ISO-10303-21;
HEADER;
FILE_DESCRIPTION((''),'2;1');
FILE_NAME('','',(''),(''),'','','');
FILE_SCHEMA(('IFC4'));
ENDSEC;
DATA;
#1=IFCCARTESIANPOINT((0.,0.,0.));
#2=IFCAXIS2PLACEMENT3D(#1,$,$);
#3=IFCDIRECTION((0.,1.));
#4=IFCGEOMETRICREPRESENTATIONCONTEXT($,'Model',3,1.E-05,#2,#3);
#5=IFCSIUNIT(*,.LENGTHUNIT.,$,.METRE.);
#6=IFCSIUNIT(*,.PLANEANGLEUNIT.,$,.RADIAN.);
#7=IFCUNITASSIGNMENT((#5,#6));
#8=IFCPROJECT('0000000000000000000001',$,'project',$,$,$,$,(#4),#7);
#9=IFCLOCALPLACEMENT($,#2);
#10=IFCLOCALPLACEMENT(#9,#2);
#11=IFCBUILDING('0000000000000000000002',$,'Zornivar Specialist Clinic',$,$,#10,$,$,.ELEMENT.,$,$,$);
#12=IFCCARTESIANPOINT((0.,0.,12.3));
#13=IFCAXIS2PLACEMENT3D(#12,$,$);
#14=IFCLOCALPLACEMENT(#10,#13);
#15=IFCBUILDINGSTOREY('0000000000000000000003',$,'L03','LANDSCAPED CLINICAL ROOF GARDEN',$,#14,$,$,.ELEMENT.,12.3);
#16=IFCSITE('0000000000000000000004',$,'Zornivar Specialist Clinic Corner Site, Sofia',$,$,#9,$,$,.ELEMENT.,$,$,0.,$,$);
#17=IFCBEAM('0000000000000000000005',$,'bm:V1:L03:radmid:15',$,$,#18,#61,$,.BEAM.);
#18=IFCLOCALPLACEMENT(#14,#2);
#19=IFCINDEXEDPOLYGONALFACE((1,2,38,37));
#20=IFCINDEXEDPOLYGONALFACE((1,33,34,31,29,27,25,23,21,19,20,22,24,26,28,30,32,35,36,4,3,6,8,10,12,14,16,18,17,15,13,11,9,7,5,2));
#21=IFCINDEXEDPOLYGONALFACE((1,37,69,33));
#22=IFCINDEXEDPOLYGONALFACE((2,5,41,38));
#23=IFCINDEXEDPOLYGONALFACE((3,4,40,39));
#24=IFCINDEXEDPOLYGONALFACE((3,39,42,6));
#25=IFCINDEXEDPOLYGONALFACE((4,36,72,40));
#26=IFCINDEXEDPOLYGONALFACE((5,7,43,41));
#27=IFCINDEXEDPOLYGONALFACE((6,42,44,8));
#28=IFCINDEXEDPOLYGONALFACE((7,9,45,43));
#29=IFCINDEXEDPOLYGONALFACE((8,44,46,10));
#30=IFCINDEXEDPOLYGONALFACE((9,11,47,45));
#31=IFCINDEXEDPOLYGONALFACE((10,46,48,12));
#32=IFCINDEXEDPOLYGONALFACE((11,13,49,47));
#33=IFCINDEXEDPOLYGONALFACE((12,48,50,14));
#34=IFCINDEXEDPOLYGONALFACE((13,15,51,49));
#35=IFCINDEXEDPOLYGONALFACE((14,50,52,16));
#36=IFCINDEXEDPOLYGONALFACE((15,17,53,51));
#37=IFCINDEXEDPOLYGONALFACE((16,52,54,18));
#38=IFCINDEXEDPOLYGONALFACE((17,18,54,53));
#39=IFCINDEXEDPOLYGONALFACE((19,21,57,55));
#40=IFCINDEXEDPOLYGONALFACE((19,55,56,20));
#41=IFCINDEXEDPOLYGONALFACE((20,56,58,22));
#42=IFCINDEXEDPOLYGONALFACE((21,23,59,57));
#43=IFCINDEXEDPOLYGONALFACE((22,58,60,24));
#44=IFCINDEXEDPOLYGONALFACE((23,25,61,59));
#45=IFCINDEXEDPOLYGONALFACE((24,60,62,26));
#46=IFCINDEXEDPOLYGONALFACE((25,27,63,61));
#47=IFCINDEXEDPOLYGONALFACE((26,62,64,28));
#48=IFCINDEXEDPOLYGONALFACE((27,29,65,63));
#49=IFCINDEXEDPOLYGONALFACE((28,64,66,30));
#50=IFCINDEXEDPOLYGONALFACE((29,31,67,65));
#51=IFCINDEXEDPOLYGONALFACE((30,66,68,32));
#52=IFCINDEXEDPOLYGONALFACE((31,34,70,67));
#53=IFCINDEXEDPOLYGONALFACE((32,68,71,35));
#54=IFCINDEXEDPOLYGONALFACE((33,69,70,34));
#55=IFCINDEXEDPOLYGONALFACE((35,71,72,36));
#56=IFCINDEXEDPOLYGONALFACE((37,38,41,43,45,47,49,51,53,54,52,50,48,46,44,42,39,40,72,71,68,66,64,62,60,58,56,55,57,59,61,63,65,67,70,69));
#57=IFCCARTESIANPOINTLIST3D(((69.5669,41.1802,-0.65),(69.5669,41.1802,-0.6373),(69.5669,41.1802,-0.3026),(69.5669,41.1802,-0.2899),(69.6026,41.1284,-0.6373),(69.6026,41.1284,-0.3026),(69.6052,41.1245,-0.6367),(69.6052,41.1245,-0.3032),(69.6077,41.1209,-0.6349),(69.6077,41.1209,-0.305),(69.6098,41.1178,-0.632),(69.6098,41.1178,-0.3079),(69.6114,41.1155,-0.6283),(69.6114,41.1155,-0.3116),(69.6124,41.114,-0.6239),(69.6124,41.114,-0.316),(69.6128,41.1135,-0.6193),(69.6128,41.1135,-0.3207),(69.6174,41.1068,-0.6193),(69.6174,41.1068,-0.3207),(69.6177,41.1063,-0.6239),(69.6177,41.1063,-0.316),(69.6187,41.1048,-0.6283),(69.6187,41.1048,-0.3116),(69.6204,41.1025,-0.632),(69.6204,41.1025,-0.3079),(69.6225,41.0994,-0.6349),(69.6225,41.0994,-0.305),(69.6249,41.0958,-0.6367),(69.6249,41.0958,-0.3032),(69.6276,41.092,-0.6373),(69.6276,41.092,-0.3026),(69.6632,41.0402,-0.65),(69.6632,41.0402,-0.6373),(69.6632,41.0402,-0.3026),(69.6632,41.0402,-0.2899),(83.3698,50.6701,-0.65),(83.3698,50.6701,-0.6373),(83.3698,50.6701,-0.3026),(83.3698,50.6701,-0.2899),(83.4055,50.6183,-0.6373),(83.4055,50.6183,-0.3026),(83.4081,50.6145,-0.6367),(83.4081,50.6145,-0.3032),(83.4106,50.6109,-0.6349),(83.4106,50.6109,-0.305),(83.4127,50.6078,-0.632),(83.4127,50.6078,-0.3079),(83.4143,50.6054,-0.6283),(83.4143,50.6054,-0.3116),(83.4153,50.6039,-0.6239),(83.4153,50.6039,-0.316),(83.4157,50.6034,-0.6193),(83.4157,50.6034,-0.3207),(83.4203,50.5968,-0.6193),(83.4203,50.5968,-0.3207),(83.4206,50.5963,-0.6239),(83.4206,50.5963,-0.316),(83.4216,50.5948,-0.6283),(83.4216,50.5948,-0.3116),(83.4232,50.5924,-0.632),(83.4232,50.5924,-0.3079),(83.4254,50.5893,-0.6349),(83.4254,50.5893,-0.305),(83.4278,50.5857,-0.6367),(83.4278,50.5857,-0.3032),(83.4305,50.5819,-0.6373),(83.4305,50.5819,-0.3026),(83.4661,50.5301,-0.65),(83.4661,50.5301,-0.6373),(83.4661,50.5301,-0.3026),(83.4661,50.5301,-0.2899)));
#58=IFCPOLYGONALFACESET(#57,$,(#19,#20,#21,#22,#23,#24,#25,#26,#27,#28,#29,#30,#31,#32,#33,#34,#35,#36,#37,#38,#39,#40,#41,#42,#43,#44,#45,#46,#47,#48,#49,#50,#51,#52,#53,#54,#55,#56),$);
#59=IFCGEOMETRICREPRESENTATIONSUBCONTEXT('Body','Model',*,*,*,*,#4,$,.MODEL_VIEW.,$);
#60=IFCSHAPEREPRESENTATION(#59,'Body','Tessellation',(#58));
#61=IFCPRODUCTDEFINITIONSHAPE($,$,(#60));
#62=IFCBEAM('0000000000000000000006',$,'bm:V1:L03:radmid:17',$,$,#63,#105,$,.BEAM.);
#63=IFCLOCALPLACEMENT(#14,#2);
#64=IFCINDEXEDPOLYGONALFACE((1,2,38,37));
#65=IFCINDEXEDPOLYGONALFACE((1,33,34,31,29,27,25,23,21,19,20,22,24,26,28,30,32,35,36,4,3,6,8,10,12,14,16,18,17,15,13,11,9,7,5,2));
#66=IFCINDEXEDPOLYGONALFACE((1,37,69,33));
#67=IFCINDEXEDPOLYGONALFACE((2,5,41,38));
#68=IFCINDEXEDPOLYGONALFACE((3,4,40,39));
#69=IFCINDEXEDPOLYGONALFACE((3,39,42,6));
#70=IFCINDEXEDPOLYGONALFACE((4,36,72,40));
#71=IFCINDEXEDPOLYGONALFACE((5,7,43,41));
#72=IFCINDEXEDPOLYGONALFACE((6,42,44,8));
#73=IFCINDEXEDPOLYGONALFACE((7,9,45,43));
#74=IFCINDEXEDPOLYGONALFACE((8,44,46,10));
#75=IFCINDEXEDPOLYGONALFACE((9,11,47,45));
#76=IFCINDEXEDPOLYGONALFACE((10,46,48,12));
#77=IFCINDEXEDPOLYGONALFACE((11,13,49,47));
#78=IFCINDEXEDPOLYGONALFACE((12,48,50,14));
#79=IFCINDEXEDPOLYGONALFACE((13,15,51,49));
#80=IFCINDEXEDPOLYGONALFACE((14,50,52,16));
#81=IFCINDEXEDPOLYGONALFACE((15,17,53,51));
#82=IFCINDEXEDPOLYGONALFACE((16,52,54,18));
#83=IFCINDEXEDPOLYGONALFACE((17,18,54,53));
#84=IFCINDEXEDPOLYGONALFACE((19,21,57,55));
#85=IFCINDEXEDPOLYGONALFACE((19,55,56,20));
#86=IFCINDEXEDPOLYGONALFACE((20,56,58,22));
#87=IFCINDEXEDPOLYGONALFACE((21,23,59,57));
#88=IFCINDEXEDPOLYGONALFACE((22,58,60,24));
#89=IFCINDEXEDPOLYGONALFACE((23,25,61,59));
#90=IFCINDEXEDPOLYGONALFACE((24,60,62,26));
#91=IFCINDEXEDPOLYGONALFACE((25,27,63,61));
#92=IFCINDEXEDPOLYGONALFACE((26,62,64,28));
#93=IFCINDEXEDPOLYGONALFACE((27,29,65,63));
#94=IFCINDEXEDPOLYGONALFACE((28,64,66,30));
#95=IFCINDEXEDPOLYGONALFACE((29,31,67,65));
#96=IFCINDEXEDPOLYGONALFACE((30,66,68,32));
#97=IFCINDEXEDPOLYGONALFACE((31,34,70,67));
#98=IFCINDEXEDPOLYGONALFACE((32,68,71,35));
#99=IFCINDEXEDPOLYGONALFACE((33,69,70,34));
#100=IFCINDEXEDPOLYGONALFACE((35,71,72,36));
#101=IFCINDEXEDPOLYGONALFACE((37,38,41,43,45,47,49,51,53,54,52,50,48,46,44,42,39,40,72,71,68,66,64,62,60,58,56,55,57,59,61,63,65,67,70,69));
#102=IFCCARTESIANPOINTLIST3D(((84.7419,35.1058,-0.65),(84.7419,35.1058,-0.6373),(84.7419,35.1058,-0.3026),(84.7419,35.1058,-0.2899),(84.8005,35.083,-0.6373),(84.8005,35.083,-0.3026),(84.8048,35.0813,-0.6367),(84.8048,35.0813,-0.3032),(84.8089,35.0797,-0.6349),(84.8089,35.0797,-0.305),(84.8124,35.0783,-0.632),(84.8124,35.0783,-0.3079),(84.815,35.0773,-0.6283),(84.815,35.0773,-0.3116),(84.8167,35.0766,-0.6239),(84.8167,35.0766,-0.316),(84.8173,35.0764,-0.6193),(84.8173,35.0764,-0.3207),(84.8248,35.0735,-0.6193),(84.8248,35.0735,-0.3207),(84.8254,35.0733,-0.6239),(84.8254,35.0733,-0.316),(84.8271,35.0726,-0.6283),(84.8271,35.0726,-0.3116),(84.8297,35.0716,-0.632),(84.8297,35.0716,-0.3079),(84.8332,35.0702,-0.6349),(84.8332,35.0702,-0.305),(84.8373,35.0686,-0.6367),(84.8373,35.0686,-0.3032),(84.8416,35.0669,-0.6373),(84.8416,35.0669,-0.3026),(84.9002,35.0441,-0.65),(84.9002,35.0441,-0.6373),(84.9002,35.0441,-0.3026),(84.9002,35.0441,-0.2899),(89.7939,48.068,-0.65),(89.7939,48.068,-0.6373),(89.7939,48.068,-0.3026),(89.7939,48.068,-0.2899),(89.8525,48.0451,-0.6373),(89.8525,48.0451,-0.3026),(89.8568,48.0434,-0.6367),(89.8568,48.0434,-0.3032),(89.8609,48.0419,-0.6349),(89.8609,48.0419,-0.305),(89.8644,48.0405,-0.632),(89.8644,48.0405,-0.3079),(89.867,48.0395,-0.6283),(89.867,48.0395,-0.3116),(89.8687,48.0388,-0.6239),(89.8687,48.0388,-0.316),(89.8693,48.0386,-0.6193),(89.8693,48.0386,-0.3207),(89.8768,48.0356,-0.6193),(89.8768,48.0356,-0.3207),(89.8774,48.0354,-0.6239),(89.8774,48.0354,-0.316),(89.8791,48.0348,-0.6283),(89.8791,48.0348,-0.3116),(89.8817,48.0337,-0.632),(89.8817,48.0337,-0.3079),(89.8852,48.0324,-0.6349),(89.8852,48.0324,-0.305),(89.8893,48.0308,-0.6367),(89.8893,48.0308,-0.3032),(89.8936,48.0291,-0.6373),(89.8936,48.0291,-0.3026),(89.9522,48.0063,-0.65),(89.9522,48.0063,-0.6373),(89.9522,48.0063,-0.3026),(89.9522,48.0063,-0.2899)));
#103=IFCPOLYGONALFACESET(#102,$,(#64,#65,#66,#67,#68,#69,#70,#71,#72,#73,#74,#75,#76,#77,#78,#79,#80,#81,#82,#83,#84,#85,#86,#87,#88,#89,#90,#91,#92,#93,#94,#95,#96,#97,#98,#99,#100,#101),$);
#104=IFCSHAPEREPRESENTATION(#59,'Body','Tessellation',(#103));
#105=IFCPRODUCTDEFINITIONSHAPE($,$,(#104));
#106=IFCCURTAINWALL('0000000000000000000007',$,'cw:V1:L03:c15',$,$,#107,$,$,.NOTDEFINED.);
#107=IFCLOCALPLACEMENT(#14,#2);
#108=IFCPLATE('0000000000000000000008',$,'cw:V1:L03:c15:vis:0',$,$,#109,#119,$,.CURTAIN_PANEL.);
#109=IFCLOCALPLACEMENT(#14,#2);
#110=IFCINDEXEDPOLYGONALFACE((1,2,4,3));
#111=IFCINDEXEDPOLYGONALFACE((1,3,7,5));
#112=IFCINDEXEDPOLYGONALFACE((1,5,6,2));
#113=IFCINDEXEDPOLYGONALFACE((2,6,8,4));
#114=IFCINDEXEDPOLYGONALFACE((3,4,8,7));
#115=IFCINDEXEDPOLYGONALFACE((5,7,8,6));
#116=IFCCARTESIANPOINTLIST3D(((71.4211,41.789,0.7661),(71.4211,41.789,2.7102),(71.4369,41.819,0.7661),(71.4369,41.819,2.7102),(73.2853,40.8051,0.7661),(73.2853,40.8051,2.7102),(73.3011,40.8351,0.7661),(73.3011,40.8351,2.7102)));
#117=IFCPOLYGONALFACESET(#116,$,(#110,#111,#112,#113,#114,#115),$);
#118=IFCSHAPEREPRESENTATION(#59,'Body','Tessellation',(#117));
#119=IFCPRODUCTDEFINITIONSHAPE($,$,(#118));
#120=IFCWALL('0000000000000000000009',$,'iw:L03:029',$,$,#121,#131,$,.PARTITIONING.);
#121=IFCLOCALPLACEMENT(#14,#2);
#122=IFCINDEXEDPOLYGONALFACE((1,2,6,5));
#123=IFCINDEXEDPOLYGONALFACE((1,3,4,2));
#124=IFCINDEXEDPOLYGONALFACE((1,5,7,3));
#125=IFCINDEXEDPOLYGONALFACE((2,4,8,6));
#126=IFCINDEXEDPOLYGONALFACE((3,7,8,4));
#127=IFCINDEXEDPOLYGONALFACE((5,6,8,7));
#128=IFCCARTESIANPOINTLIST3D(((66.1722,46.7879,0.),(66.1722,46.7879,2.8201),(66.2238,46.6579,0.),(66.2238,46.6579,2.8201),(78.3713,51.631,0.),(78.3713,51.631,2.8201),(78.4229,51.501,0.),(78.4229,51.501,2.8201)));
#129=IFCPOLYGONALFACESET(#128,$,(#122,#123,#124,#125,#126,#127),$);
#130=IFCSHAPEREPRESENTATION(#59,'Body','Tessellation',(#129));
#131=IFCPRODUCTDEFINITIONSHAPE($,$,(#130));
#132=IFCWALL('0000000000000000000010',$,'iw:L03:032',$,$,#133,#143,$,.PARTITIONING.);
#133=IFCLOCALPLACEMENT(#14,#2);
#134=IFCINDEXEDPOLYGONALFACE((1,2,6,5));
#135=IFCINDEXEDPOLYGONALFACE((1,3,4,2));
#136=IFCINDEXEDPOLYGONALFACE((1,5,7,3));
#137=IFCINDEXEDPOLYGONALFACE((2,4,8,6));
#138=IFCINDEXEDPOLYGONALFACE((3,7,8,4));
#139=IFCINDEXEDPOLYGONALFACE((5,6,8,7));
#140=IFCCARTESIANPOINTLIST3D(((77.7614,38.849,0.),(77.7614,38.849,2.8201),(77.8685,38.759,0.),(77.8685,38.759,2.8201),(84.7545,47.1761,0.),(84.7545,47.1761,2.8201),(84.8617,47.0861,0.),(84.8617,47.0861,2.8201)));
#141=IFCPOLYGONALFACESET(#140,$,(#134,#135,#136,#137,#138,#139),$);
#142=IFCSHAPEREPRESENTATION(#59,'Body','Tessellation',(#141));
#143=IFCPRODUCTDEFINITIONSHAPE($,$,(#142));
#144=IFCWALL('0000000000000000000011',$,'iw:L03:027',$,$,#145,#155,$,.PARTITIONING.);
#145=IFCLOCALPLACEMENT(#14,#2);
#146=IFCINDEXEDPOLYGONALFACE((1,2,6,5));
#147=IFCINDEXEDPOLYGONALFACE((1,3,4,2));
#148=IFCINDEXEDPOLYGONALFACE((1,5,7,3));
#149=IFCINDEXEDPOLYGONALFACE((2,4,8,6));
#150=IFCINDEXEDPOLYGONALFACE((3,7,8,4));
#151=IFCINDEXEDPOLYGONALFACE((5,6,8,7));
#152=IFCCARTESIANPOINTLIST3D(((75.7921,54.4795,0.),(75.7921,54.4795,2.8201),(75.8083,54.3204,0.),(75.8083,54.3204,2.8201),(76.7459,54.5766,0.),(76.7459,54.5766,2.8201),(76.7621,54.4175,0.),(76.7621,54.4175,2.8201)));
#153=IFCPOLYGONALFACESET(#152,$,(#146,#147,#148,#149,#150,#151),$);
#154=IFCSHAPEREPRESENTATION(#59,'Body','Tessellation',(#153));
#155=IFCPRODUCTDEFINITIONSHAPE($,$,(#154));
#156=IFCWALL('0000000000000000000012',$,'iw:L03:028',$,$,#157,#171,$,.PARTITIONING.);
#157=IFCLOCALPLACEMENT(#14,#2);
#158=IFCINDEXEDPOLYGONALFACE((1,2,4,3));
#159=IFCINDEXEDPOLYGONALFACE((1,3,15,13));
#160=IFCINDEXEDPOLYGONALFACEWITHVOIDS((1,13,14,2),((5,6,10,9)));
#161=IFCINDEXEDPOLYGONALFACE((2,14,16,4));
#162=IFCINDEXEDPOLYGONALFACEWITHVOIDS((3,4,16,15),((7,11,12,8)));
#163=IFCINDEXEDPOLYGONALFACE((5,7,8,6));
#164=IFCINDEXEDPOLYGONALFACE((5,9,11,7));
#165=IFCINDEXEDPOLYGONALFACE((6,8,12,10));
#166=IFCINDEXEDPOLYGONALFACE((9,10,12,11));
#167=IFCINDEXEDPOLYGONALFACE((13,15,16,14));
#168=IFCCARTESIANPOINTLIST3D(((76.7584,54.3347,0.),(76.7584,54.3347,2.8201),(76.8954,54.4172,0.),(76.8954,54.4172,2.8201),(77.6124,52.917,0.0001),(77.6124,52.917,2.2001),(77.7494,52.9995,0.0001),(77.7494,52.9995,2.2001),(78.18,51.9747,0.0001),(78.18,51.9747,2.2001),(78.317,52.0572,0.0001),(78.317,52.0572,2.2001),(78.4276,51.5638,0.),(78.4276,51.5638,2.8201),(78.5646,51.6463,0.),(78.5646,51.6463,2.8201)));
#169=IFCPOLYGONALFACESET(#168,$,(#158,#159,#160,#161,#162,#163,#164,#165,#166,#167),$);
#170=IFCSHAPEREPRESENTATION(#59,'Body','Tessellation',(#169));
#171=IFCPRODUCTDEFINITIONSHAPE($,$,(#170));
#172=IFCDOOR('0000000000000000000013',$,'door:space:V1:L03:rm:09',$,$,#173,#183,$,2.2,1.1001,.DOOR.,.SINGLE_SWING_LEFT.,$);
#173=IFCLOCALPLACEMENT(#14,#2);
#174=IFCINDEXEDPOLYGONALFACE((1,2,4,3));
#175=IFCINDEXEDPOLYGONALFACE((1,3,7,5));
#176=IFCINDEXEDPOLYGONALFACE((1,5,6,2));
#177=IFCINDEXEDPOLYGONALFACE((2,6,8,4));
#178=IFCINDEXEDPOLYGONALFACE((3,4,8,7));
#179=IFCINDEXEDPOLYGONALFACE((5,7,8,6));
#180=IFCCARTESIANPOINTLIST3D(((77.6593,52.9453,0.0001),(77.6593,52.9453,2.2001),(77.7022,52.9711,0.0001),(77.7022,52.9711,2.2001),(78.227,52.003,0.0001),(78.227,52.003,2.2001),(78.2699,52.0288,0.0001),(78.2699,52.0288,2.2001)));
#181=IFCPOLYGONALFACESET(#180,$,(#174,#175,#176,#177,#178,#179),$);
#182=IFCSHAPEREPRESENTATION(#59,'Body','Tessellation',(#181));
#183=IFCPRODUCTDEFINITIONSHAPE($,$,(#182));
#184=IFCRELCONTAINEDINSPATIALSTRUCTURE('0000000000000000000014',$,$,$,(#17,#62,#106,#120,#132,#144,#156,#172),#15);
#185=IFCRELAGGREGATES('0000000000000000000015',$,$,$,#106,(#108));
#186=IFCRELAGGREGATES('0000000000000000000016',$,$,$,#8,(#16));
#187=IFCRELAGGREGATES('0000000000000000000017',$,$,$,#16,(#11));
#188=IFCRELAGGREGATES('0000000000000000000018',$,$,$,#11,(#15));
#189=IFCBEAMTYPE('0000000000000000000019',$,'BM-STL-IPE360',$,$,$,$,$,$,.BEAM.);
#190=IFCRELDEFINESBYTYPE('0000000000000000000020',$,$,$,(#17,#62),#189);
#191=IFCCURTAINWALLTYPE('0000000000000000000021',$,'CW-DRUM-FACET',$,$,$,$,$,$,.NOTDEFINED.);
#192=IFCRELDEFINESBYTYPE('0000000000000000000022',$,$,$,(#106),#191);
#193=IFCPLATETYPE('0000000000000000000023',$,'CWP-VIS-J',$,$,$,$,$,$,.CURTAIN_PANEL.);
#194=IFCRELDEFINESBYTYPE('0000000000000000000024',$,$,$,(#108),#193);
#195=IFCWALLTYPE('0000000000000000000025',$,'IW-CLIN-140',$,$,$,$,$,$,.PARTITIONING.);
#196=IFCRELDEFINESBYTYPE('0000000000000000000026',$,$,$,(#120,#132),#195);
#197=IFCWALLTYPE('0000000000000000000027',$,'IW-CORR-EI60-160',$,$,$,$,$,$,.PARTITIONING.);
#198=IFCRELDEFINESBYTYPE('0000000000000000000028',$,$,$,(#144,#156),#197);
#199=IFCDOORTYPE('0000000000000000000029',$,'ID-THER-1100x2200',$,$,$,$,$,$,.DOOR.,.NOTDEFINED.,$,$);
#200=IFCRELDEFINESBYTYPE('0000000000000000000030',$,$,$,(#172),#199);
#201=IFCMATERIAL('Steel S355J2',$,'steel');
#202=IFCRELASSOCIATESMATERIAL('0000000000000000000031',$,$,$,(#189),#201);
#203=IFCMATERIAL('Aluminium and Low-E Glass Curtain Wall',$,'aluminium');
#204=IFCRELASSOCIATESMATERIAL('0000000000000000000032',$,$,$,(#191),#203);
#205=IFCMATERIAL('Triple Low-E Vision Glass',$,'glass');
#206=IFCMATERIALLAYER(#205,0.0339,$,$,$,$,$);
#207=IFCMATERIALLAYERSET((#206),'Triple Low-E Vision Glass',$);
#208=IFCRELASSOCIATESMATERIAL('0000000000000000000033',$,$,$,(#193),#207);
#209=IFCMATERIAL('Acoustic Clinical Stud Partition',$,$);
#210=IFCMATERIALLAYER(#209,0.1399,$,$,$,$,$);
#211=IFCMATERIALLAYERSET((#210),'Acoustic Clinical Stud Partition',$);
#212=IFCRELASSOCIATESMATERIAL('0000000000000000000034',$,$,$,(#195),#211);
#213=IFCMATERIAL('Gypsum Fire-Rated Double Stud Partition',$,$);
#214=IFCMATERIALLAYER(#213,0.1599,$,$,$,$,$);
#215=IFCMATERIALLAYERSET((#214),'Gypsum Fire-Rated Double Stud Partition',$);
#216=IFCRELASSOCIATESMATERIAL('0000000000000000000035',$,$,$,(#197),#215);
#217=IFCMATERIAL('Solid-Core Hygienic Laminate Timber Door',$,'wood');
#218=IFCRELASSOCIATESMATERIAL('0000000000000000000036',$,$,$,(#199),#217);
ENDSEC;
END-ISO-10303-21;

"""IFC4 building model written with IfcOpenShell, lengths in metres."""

from ifc_helpers import new_model, si_unit, direction, frame, frame_2d, origin, origin_2d, place, context, subcontext, project, spatial, rectangle, i_section, extrude, material, layer, layer_set, material_profile, profile_set, type_object, element, fill, aggregate, save


model = new_model("IFC4")

# Units and contexts
model_context = context("Model", 3, precision=1e-05, world=origin(), true_north=direction((0.0, 1.0)))
body_context = subcontext(model_context, "Body", "Model", "MODEL_VIEW")
ifc_project = project(units=[si_unit("LENGTHUNIT", "METRE"), si_unit("PLANEANGLEUNIT", "RADIAN")], contexts=[model_context])

# Site, building, storey
site_placement = place(None, origin())
site = spatial("IfcSite", under=ifc_project, at=site_placement, Name="Zornivar Specialist Clinic Corner Site, Sofia", CompositionType="ELEMENT", RefElevation=0.0)
building_placement = place(site_placement, origin())
building = spatial("IfcBuilding", under=site, at=building_placement, Name="Zornivar Specialist Clinic", CompositionType="ELEMENT")
storey_placement = place(building_placement, frame((0.0, 0.0, 12.3)))
storey = spatial("IfcBuildingStorey", under=building, at=storey_placement, Name="L03", Description="LANDSCAPED CLINICAL ROOF GARDEN", CompositionType="ELEMENT", Elevation=12.3)

# Beams
ifc_material_1 = material(Name="Steel S355J2", Category="steel")
ifc_material_profile_1 = material_profile(ifc_material_1, i_section(OverallWidth=0.1699, OverallDepth=0.3601, WebThickness=0.0081, FlangeThickness=0.0127, FilletRadius=0.0181, at=origin_2d()), Name="IPE 360")
ifc_profile_set_1 = profile_set([ifc_material_profile_1], Name="Steel S355J2")
beam_type_1 = type_object("IfcBeamType", Name="BM-STL-IPE360", PredefinedType="BEAM", material=ifc_profile_set_1)
beam_1_placement = place(storey_placement, frame((83.418, 50.6001, -0.47), z_axis=(-0.82403, -0.566547, 0.0), x_axis=(0.566547, -0.82403, 0.0)))
element("IfcBeam", 1, at=beam_1_placement, inside=storey, type_object=beam_type_1, Name="bm:V1:L03:radmid:15", PredefinedType="BEAM", context=body_context, shape_type="SweptSolid", body=[
    extrude(i_section(OverallWidth=0.1699, OverallDepth=0.3601, WebThickness=0.0081, FlangeThickness=0.0127, FilletRadius=0.0181, at=origin_2d()), origin(), (0.0, 0.0, 1.0), 16.7505),
])
beam_2_placement = place(storey_placement, frame((89.873, 48.0371, -0.47), z_axis=(-0.363143, -0.931733, 0.0), x_axis=(0.931733, -0.363143, 0.0)))
element("IfcBeam", 2, at=beam_2_placement, inside=storey, type_object=beam_type_1, Name="bm:V1:L03:radmid:17", PredefinedType="BEAM", context=body_context, shape_type="SweptSolid", body=[
    extrude(i_section(OverallWidth=0.1699, OverallDepth=0.3601, WebThickness=0.0081, FlangeThickness=0.0127, FilletRadius=0.0181, at=origin_2d()), origin(), (0.0, 0.0, 1.0), 13.9119),
])

# Curtain wall, plate
ifc_material_2 = material(Name="Aluminium and Low-E Glass Curtain Wall", Category="aluminium")
curtain_wall_type = type_object("IfcCurtainWallType", Name="CW-DRUM-FACET", PredefinedType="NOTDEFINED", material=ifc_material_2)
curtain_wall_placement = place(storey_placement, origin())
curtain_wall = element("IfcCurtainWall", 3, at=curtain_wall_placement, inside=storey, type_object=curtain_wall_type, Name="cw:V1:L03:c15", PredefinedType="NOTDEFINED")
ifc_material_3 = material(Name="Triple Low-E Vision Glass", Category="glass")
ifc_layer_1 = layer(ifc_material_3, 0.0339)
ifc_layer_set_1 = layer_set([ifc_layer_1], Name="Triple Low-E Vision Glass")
plate_type = type_object("IfcPlateType", Name="CWP-VIS-J", PredefinedType="CURTAIN_PANEL", material=ifc_layer_set_1)
plate_placement = place(storey_placement, frame((72.3611, 41.312, 0.7661), z_axis=(0.0, 0.0, 1.0), x_axis=(0.884383, -0.466762, 0.0)))
plate = element("IfcPlate", 4, at=plate_placement, type_object=plate_type, Name="cw:V1:L03:c15:vis:0", PredefinedType="CURTAIN_PANEL", context=body_context, shape_type="SweptSolid", body=[
    extrude(rectangle(XDim=2.1079, YDim=0.0339, at=origin_2d()), origin(), (0.0, 0.0, 1.0), 1.9441),
])
aggregate(curtain_wall, [plate])

# Walls
ifc_material_4 = material(Name="Acoustic Clinical Stud Partition")
ifc_layer_2 = layer(ifc_material_4, 0.1399)
ifc_layer_set_2 = layer_set([ifc_layer_2], Name="Acoustic Clinical Stud Partition")
wall_type_1 = type_object("IfcWallType", Name="IW-CLIN-140", PredefinedType="PARTITIONING", material=ifc_layer_set_2)
wall_1_placement = place(storey_placement, frame((78.397, 51.5659, 0.0), z_axis=(0.0, 0.0, 1.0), x_axis=(-0.929434, -0.368987, 0.0)))
element("IfcWall", 5, at=wall_1_placement, inside=storey, type_object=wall_type_1, Name="iw:L03:029", PredefinedType="PARTITIONING", context=body_context, shape_type="SweptSolid", body=[
    extrude(rectangle(XDim=13.1252, YDim=0.1399, at=frame_2d((6.5625, 0.0))), origin(), (0.0, 0.0, 1.0), 2.8201),
])
wall_2_placement = place(storey_placement, frame((84.8081, 47.1311, 0.0), z_axis=(0.0, 0.0, 1.0), x_axis=(-0.643104, -0.765779, 0.0)))
element("IfcWall", 6, at=wall_2_placement, inside=storey, type_object=wall_type_1, Name="iw:L03:032", PredefinedType="PARTITIONING", context=body_context, shape_type="SweptSolid", body=[
    extrude(rectangle(XDim=10.874, YDim=0.1399, at=frame_2d((5.437, 0.0))), origin(), (0.0, 0.0, 1.0), 2.8201),
])
ifc_material_5 = material(Name="Gypsum Fire-Rated Double Stud Partition")
ifc_layer_3 = layer(ifc_material_5, 0.1599)
ifc_layer_set_3 = layer_set([ifc_layer_3], Name="Gypsum Fire-Rated Double Stud Partition")
wall_type_2 = type_object("IfcWallType", Name="IW-CORR-EI60-160", PredefinedType="PARTITIONING", material=ifc_layer_set_3)
wall_3_placement = place(storey_placement, frame((75.8, 54.3999, 0.0), z_axis=(0.0, 0.0, 1.0), x_axis=(0.994851, 0.101344, 0.0)))
element("IfcWall", 7, at=wall_3_placement, inside=storey, type_object=wall_type_2, Name="iw:L03:027", PredefinedType="PARTITIONING", context=body_context, shape_type="SweptSolid", body=[
    extrude(rectangle(XDim=0.9587, YDim=0.1599, at=frame_2d((0.4795, 0.0))), origin(), (0.0, 0.0, 1.0), 2.8201),
])

# Wall, opening, door
wall_4_placement = place(storey_placement, frame((76.8269, 54.376, 0.0), z_axis=(0.0, 0.0, 1.0), x_axis=(0.515993, -0.856593, 0.0)))
wall_4 = element("IfcWall", 8, at=wall_4_placement, inside=storey, type_object=wall_type_2, Name="iw:L03:028", PredefinedType="PARTITIONING", context=body_context, shape_type="SweptSolid", body=[
    extrude(rectangle(XDim=3.2349, YDim=0.1599, at=frame_2d((1.6174, 0.0))), origin(), (0.0, 0.0, 1.0), 2.8201),
])
opening_1_placement = place(wall_4_placement, frame((1.655, 0.0, 0.0)))
opening_1 = element("IfcOpeningElement", 9, at=opening_1_placement, cuts=wall_4, PredefinedType="OPENING", context=body_context, shape_type="SweptSolid", body=[
    extrude(rectangle(XDim=1.1001, YDim=2.2, at=frame_2d((0.55, 1.1001))), frame((0.0, 0.0898, 0.0), z_axis=(0.0, -1.0, 0.0), x_axis=(1.0, 0.0, 0.0)), (0.0, 0.0, 1.0), 0.1799),
])
ifc_material_6 = material(Name="Solid-Core Hygienic Laminate Timber Door", Category="wood")
door_type = type_object("IfcDoorType", Name="ID-THER-1100x2200", OperationType="NOTDEFINED", PredefinedType="DOOR", material=ifc_material_6)
door_1_placement = place(opening_1_placement, origin())
door_1 = element("IfcDoor", 10, at=door_1_placement, inside=storey, type_object=door_type, Name="door:space:V1:L03:rm:09", OperationType="SINGLE_SWING_LEFT", OverallHeight=2.2, OverallWidth=1.1001, PredefinedType="DOOR", context=body_context, shape_type="SweptSolid", body=[
    extrude(rectangle(XDim=1.1001, YDim=2.2, at=frame_2d((0.55, 1.1001))), frame((0.0, 0.0249, 0.0), z_axis=(0.0, -1.0, 0.0), x_axis=(1.0, 0.0, 0.0)), (0.0, 0.0, 1.0), 0.05),
])
fill(opening_1, door_1)

save(model, "model.ifc")
